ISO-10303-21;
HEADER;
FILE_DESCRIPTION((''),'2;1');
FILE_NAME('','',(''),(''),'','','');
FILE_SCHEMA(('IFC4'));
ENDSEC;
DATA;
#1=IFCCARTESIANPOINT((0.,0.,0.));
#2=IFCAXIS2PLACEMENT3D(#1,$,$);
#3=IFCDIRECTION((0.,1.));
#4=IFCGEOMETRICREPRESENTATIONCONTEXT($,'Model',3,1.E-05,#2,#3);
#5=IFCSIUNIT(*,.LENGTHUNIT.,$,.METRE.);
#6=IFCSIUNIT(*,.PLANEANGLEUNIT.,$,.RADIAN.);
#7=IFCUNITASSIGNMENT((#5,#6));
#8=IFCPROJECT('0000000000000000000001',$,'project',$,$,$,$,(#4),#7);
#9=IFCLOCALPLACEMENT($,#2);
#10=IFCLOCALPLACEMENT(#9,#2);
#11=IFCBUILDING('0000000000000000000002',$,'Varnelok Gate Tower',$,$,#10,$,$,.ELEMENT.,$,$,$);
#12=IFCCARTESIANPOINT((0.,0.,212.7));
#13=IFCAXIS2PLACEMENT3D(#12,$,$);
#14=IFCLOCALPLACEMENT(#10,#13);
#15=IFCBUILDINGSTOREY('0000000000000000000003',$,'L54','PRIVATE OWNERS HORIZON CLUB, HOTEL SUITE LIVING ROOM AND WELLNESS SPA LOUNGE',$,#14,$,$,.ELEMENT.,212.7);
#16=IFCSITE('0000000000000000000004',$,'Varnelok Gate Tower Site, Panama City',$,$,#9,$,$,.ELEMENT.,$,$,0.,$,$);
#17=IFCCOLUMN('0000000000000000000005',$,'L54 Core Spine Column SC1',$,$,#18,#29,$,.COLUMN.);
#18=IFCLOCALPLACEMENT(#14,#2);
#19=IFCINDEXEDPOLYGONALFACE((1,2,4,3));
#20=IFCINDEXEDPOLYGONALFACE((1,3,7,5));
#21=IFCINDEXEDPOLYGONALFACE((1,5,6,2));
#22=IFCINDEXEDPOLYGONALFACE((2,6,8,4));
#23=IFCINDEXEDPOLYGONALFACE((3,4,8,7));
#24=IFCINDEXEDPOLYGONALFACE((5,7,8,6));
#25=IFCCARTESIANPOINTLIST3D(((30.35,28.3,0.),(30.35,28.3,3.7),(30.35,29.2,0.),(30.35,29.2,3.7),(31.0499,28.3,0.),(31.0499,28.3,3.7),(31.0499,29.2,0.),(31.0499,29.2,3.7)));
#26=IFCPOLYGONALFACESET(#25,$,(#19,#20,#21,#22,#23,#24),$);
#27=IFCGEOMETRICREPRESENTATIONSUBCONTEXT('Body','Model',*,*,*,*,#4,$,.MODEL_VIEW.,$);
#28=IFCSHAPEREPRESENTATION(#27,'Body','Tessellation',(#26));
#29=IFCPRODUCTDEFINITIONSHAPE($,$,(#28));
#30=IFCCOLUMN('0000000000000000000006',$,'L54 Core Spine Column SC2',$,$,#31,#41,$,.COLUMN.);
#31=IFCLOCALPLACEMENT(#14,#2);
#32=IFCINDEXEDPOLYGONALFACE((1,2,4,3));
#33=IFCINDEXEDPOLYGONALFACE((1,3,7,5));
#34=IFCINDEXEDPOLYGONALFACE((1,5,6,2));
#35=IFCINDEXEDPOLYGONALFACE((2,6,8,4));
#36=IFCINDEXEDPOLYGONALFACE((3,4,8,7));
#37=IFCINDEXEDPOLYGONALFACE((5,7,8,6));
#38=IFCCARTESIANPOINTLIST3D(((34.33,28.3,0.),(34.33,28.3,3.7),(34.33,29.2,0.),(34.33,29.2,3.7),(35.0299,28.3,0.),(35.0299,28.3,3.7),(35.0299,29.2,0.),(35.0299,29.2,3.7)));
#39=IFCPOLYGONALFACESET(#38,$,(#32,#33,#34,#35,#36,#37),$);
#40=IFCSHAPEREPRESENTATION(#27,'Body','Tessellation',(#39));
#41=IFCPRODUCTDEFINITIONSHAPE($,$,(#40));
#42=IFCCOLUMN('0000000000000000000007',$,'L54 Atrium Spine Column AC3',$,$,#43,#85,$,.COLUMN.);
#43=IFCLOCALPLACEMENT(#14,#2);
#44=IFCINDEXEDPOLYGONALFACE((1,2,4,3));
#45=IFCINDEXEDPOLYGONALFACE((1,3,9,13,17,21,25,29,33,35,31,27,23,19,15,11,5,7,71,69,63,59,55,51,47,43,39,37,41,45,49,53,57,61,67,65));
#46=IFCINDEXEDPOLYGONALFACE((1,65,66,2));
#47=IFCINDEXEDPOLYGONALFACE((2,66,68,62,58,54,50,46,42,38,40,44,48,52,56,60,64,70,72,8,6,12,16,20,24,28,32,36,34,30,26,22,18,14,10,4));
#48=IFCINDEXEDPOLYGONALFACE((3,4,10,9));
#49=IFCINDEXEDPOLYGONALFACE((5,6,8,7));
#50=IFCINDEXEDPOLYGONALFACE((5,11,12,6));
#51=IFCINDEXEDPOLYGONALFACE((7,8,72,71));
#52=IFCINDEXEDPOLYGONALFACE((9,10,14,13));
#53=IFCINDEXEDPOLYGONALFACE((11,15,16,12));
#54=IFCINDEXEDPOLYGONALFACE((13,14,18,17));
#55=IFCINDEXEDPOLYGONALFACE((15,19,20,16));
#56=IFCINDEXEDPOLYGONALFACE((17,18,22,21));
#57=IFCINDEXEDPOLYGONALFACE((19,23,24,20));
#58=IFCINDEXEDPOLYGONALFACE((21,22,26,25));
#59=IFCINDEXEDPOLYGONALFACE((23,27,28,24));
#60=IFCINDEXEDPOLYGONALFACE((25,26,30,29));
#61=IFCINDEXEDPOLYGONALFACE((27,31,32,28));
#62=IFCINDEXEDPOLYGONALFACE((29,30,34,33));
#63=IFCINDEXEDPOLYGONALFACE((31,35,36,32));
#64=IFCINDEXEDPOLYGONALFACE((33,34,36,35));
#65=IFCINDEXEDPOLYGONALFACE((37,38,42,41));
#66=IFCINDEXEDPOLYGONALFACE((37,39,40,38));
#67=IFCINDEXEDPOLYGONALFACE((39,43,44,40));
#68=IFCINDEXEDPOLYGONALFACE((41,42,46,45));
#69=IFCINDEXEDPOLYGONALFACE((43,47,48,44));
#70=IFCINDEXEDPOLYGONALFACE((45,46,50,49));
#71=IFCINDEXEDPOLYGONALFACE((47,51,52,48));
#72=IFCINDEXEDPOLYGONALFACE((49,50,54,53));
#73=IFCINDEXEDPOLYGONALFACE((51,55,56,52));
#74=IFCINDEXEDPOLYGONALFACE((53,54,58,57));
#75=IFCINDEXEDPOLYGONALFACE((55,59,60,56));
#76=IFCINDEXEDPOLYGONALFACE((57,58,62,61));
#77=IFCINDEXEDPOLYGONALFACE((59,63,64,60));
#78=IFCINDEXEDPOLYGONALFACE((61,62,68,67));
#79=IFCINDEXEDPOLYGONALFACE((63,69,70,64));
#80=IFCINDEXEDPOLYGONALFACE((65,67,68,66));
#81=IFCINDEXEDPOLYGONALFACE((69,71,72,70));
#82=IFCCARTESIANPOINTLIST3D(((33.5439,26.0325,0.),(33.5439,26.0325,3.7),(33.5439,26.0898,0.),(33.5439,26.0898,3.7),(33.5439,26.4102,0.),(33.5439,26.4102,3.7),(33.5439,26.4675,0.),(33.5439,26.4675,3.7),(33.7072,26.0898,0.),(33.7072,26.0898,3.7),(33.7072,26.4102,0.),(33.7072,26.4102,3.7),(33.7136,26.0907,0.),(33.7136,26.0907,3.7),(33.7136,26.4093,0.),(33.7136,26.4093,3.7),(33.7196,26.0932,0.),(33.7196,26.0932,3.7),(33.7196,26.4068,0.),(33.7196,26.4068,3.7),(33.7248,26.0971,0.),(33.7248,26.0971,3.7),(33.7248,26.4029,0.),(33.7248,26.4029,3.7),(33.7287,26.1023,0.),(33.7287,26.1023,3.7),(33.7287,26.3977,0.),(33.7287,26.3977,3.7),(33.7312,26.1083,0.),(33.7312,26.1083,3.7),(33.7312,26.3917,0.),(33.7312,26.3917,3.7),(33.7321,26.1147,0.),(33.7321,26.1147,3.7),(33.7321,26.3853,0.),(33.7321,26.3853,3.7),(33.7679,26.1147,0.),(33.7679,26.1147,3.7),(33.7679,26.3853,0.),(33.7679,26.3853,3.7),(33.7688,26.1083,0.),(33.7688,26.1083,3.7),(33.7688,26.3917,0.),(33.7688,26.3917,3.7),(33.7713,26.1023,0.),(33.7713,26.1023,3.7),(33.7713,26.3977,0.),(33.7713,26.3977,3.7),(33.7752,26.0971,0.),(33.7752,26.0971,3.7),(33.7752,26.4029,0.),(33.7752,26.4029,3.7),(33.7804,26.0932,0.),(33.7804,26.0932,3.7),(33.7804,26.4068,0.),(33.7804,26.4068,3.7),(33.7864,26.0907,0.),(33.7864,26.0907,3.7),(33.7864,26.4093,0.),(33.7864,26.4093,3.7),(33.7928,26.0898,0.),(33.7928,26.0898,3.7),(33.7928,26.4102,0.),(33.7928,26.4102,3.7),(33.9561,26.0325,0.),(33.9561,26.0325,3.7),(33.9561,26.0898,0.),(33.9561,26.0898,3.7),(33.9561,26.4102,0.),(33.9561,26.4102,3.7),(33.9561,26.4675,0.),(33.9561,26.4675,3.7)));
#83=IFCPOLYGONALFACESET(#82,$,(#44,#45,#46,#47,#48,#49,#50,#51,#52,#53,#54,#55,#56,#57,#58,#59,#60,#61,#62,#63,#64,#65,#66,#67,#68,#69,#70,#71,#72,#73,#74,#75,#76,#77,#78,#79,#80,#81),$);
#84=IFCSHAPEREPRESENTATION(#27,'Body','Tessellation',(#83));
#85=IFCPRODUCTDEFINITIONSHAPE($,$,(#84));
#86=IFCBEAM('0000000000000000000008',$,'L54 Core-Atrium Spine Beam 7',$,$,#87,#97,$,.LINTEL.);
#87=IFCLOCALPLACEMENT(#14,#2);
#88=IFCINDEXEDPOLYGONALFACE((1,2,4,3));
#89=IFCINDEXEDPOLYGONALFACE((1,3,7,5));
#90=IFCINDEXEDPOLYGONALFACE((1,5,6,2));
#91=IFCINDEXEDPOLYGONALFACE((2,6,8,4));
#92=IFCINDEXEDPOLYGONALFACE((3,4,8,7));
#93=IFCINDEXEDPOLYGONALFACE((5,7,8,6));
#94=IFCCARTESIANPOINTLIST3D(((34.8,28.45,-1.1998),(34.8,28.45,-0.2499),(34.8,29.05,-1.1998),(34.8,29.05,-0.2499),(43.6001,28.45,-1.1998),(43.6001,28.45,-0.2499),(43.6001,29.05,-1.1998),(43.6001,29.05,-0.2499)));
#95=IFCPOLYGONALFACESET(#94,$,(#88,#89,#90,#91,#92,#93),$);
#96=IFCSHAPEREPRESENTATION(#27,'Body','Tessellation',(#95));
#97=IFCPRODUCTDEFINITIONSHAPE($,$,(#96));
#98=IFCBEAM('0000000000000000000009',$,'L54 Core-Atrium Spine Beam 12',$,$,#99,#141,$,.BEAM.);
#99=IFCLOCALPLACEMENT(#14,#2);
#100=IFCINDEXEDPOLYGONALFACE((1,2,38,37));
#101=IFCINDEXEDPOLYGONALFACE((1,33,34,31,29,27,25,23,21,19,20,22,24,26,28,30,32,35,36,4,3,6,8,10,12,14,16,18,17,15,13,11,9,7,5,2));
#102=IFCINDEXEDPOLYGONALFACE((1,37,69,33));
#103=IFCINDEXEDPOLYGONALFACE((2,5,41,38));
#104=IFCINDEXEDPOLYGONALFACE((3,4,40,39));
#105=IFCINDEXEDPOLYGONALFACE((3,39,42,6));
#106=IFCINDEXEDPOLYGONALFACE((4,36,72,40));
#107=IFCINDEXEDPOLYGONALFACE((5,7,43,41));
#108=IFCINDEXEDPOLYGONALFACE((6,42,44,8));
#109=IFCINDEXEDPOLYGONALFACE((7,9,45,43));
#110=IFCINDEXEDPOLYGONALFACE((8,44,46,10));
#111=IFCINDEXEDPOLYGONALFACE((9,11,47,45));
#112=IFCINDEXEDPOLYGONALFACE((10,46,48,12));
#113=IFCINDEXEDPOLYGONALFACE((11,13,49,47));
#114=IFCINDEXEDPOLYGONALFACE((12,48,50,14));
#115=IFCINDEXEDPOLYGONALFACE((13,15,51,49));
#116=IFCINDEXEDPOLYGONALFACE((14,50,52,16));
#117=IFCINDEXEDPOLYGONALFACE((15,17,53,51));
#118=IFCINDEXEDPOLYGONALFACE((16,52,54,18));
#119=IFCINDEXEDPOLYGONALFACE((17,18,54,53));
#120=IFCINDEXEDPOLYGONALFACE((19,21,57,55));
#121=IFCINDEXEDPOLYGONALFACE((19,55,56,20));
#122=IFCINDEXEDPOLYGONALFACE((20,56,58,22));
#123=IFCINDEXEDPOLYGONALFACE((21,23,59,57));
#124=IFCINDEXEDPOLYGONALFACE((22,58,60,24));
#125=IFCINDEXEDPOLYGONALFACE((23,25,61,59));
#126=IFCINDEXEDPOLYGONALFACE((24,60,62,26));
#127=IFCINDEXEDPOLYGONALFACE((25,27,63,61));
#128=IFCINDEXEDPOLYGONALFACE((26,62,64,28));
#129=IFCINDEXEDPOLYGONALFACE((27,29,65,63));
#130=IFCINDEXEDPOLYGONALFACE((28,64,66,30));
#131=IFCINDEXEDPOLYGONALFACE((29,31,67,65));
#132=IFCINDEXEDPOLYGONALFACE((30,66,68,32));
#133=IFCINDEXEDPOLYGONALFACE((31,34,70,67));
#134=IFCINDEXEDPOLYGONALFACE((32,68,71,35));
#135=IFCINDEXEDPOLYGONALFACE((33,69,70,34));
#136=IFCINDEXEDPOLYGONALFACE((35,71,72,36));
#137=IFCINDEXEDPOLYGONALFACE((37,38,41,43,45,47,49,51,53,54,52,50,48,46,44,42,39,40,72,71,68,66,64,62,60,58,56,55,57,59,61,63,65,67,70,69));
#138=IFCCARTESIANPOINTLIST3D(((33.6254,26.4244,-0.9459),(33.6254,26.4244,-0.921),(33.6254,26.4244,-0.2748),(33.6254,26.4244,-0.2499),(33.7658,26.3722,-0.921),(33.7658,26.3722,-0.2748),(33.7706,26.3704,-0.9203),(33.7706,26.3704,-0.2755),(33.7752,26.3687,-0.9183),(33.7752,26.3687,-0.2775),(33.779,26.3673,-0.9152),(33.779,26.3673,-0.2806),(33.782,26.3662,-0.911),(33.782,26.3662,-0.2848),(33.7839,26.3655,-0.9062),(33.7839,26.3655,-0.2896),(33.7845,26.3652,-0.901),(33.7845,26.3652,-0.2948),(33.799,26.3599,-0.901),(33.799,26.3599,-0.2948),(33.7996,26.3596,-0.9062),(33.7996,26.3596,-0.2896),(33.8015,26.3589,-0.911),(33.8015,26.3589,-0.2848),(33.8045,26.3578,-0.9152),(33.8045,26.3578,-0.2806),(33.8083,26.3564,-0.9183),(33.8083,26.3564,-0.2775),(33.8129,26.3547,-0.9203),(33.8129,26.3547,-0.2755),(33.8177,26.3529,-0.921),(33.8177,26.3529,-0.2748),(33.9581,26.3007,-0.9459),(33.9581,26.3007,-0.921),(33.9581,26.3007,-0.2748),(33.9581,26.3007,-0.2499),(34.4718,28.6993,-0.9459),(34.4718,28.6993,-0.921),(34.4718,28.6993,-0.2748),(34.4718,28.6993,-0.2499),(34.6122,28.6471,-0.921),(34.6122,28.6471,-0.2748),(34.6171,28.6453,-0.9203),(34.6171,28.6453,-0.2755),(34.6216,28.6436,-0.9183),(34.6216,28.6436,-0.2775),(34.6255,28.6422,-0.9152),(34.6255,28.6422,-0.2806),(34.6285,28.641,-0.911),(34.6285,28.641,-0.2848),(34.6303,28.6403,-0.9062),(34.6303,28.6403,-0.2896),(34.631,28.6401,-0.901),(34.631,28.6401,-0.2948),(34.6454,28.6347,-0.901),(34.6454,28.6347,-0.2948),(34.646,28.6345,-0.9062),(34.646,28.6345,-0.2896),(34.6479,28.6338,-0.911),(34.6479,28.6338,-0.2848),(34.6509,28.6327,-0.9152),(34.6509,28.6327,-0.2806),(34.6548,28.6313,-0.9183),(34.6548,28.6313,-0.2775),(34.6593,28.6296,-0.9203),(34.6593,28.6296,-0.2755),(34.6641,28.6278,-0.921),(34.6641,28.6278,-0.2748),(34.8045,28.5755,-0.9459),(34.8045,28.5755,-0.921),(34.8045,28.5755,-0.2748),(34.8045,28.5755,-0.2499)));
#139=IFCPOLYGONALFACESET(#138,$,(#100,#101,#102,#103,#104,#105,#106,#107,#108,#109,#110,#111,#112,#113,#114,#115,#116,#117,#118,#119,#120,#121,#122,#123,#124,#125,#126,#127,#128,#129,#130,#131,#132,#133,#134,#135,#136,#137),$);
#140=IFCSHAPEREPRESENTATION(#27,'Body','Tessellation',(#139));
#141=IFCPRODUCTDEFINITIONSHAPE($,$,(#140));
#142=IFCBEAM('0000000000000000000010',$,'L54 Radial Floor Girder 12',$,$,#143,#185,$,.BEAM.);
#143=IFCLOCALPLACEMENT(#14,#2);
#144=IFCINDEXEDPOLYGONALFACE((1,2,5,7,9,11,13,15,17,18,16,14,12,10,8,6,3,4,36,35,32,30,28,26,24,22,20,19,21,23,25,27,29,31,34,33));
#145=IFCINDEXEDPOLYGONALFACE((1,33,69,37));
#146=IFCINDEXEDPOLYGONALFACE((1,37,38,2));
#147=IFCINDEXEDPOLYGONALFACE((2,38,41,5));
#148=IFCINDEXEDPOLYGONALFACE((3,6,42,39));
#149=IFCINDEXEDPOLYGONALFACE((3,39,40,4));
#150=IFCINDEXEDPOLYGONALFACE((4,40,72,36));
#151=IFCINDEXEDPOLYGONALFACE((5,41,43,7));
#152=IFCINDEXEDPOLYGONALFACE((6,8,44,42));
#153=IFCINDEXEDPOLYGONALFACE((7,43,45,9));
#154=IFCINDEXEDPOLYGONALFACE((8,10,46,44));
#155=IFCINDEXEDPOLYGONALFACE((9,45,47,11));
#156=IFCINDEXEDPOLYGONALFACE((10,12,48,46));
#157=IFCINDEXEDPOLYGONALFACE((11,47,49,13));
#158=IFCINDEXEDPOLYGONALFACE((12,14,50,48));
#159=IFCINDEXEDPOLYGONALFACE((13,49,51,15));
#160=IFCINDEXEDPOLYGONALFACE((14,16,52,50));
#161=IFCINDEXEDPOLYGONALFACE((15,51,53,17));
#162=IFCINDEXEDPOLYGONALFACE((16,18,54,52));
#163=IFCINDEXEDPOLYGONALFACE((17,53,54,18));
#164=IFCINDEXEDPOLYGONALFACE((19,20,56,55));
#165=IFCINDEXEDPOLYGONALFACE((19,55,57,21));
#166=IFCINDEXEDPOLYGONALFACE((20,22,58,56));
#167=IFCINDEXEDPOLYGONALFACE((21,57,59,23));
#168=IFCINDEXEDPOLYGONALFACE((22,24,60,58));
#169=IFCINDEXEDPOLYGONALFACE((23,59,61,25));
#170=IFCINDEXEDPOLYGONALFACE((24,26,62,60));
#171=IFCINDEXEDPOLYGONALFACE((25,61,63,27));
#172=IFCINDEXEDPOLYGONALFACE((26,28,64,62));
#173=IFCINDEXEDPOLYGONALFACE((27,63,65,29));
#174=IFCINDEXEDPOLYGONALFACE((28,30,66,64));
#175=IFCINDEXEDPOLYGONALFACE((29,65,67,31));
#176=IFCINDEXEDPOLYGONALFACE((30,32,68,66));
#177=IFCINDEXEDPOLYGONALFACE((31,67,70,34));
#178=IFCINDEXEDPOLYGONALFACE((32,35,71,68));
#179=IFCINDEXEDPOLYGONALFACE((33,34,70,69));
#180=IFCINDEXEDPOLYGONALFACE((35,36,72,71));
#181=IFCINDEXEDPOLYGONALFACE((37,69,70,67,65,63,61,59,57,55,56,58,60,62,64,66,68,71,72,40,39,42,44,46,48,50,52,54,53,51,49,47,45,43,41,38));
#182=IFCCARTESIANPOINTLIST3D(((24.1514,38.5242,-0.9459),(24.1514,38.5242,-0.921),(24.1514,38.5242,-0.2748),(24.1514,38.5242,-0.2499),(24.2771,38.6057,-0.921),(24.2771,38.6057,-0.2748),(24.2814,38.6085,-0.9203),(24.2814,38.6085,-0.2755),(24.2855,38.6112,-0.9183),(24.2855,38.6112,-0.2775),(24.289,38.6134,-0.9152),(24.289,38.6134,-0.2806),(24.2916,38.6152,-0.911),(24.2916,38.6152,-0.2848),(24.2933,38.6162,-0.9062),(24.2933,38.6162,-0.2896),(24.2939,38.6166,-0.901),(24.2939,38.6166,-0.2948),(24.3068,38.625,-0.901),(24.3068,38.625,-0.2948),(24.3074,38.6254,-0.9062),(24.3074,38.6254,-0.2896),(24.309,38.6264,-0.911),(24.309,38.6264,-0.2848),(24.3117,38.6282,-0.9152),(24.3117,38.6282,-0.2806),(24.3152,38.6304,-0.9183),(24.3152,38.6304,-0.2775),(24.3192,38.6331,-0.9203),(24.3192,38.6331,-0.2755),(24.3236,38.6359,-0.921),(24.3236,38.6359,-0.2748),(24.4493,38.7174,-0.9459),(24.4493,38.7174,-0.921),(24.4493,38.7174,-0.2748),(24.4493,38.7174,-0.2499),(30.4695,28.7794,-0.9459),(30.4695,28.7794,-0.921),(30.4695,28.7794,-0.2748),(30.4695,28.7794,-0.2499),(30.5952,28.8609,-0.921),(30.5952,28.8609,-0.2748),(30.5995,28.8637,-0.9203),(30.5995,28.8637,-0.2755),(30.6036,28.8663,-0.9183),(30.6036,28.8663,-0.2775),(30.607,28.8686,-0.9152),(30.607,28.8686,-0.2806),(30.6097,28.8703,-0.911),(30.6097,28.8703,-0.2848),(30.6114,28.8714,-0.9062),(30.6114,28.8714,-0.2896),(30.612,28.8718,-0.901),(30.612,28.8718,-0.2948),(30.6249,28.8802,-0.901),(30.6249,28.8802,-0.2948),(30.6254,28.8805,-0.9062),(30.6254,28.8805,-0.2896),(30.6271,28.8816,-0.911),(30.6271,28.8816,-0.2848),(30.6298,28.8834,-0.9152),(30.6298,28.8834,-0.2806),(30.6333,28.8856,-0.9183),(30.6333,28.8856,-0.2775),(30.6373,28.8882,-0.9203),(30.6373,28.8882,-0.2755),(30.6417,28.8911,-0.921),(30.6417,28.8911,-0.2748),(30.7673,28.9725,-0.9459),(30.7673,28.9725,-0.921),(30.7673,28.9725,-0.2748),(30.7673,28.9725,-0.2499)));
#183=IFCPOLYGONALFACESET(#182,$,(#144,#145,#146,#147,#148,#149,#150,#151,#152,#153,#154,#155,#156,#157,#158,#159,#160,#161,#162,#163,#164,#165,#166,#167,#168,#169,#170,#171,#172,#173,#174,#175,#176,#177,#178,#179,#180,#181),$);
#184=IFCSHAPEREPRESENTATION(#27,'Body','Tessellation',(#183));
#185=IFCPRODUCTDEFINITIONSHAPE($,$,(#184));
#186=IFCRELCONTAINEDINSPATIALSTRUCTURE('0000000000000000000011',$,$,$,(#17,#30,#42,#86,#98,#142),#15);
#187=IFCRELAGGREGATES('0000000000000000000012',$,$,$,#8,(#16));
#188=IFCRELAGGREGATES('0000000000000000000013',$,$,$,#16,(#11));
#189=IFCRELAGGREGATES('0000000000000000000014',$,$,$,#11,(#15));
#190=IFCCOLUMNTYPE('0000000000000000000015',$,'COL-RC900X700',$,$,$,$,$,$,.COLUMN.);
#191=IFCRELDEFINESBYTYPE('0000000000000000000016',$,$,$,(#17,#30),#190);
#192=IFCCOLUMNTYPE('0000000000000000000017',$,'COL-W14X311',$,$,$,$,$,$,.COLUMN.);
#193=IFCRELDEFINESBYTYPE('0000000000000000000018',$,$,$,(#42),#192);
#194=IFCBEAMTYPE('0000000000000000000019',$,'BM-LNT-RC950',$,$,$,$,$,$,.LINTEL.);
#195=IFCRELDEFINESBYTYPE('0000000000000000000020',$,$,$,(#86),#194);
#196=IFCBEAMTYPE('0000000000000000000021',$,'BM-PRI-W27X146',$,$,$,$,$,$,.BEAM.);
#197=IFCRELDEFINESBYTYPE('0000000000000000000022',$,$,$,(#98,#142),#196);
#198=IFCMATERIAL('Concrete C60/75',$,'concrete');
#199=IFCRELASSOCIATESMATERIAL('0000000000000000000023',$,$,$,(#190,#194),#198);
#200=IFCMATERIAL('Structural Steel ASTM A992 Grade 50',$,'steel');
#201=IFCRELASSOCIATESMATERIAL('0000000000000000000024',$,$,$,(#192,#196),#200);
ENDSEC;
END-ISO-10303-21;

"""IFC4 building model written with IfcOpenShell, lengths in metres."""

from ifc_helpers import new_model, si_unit, direction, frame, origin, origin_2d, place, context, subcontext, project, spatial, rectangle, i_section, extrude, material, material_profile, profile_set, type_object, element, save


model = new_model("IFC4")

# Units and contexts
model_context = context("Model", 3, precision=1e-05, world=origin(), true_north=direction((0.0, 1.0)))
body_context = subcontext(model_context, "Body", "Model", "MODEL_VIEW")
ifc_project = project(units=[si_unit("LENGTHUNIT", "METRE"), si_unit("PLANEANGLEUNIT", "RADIAN")], contexts=[model_context])

# Site, building, storey
site_placement = place(None, origin())
site = spatial("IfcSite", under=ifc_project, at=site_placement, Name="Varnelok Gate Tower Site, Panama City", CompositionType="ELEMENT", RefElevation=0.0)
building_placement = place(site_placement, origin())
building = spatial("IfcBuilding", under=site, at=building_placement, Name="Varnelok Gate Tower", CompositionType="ELEMENT")
storey_placement = place(building_placement, frame((0.0, 0.0, 212.7)))
storey = spatial("IfcBuildingStorey", under=building, at=storey_placement, Name="L54", Description="PRIVATE OWNERS HORIZON CLUB, HOTEL SUITE LIVING ROOM AND WELLNESS SPA LOUNGE", CompositionType="ELEMENT", Elevation=212.7)

# Columns
ifc_material_1 = material(Name="Concrete C60/75", Category="concrete")
ifc_material_profile_1 = material_profile(ifc_material_1, rectangle(XDim=0.7, YDim=0.8999, at=origin_2d()), Name="RC900X700")
ifc_profile_set_1 = profile_set([ifc_material_profile_1], Name="Concrete C60/75")
column_type_1 = type_object("IfcColumnType", Name="COL-RC900X700", PredefinedType="COLUMN", material=ifc_profile_set_1)
for number, where, z_axis, x_axis, name in (
    (1, (30.7, 28.75, 0.0), (0.0, 0.0, 1.0), (1.0, 0.0, 0.0), "L54 Core Spine Column SC1"),
    (2, (34.6799, 28.75, 0.0), (0.0, 0.0, 1.0), (1.0, 0.0, 0.0), "L54 Core Spine Column SC2"),
):
    element("IfcColumn", number, at=place(storey_placement, frame(where, z_axis=z_axis, x_axis=x_axis)), inside=storey, type_object=column_type_1, Name=name, PredefinedType="COLUMN", context=body_context, shape_type="SweptSolid", body=[
        extrude(rectangle(XDim=0.7, YDim=0.8999, at=origin_2d()), origin(), (0.0, 0.0, 1.0), 3.7),
    ])
ifc_material_2 = material(Name="Structural Steel ASTM A992 Grade 50", Category="steel")
ifc_material_profile_2 = material_profile(ifc_material_2, i_section(OverallWidth=0.4121, OverallDepth=0.4351, WebThickness=0.0359, FlangeThickness=0.0574, FilletRadius=0.0249, at=origin_2d()), Name="W14X311")
ifc_profile_set_2 = profile_set([ifc_material_profile_2], Name="Structural Steel ASTM A992 Grade 50")
column_type_2 = type_object("IfcColumnType", Name="COL-W14X311", PredefinedType="COLUMN", material=ifc_profile_set_2)
column_placement = place(storey_placement, frame((33.75, 26.25, 0.0), z_axis=(0.0, 0.0, 1.0), x_axis=(1.0, 0.0, 0.0)))
element("IfcColumn", 3, at=column_placement, inside=storey, type_object=column_type_2, Name="L54 Atrium Spine Column AC3", PredefinedType="COLUMN", context=body_context, shape_type="SweptSolid", body=[
    extrude(i_section(OverallWidth=0.4121, OverallDepth=0.4351, WebThickness=0.0359, FlangeThickness=0.0574, FilletRadius=0.0249, at=origin_2d()), origin(), (0.0, 0.0, 1.0), 3.7),
])

# Beams
ifc_material_profile_3 = material_profile(ifc_material_1, rectangle(XDim=0.6001, YDim=0.95, at=origin_2d()), Name="RC950X600")
ifc_profile_set_3 = profile_set([ifc_material_profile_3], Name="Concrete C60/75")
beam_type_1 = type_object("IfcBeamType", Name="BM-LNT-RC950", PredefinedType="LINTEL", material=ifc_profile_set_3)
beam_1_placement = place(storey_placement, frame((34.8, 28.75, -0.7249), z_axis=(1.0, 0.0, 0.0), x_axis=(0.0, 1.0, 0.0)))
element("IfcBeam", 4, at=beam_1_placement, inside=storey, type_object=beam_type_1, Name="L54 Core-Atrium Spine Beam 7", PredefinedType="LINTEL", context=body_context, shape_type="SweptSolid", body=[
    extrude(rectangle(XDim=0.6001, YDim=0.95, at=origin_2d()), origin(), (0.0, 0.0, 1.0), 8.8),
])
ifc_material_profile_4 = material_profile(ifc_material_2, i_section(OverallWidth=0.355, OverallDepth=0.696, WebThickness=0.0154, FlangeThickness=0.0249, FilletRadius=0.02, at=origin_2d()), Name="W27X146")
ifc_profile_set_4 = profile_set([ifc_material_profile_4], Name="Structural Steel ASTM A992 Grade 50")
beam_type_2 = type_object("IfcBeamType", Name="BM-PRI-W27X146", PredefinedType="BEAM", material=ifc_profile_set_4)
beam_2_placement = place(storey_placement, frame((33.7917, 26.3625, -0.5979), z_axis=(0.348719, 0.937227, 0.0), x_axis=(-0.937227, 0.348719, 0.0)))
element("IfcBeam", 5, at=beam_2_placement, inside=storey, type_object=beam_type_2, Name="L54 Core-Atrium Spine Beam 12", PredefinedType="BEAM", context=body_context, shape_type="SweptSolid", body=[
    extrude(i_section(OverallWidth=0.355, OverallDepth=0.696, WebThickness=0.0154, FlangeThickness=0.0249, FilletRadius=0.02, at=origin_2d()), origin(), (0.0, 0.0, 1.0), 2.4272),
])
beam_3_placement = place(storey_placement, frame((30.6184, 28.876, -0.5979), z_axis=(-0.544016, 0.839075, 0.0), x_axis=(-0.839075, -0.544016, 0.0)))
element("IfcBeam", 6, at=beam_3_placement, inside=storey, type_object=beam_type_2, Name="L54 Radial Floor Girder 12", PredefinedType="BEAM", context=body_context, shape_type="SweptSolid", body=[
    extrude(i_section(OverallWidth=0.355, OverallDepth=0.696, WebThickness=0.0154, FlangeThickness=0.0249, FilletRadius=0.02, at=origin_2d()), origin(), (0.0, 0.0, 1.0), 11.6138),
])

save(model, "model.ifc")
